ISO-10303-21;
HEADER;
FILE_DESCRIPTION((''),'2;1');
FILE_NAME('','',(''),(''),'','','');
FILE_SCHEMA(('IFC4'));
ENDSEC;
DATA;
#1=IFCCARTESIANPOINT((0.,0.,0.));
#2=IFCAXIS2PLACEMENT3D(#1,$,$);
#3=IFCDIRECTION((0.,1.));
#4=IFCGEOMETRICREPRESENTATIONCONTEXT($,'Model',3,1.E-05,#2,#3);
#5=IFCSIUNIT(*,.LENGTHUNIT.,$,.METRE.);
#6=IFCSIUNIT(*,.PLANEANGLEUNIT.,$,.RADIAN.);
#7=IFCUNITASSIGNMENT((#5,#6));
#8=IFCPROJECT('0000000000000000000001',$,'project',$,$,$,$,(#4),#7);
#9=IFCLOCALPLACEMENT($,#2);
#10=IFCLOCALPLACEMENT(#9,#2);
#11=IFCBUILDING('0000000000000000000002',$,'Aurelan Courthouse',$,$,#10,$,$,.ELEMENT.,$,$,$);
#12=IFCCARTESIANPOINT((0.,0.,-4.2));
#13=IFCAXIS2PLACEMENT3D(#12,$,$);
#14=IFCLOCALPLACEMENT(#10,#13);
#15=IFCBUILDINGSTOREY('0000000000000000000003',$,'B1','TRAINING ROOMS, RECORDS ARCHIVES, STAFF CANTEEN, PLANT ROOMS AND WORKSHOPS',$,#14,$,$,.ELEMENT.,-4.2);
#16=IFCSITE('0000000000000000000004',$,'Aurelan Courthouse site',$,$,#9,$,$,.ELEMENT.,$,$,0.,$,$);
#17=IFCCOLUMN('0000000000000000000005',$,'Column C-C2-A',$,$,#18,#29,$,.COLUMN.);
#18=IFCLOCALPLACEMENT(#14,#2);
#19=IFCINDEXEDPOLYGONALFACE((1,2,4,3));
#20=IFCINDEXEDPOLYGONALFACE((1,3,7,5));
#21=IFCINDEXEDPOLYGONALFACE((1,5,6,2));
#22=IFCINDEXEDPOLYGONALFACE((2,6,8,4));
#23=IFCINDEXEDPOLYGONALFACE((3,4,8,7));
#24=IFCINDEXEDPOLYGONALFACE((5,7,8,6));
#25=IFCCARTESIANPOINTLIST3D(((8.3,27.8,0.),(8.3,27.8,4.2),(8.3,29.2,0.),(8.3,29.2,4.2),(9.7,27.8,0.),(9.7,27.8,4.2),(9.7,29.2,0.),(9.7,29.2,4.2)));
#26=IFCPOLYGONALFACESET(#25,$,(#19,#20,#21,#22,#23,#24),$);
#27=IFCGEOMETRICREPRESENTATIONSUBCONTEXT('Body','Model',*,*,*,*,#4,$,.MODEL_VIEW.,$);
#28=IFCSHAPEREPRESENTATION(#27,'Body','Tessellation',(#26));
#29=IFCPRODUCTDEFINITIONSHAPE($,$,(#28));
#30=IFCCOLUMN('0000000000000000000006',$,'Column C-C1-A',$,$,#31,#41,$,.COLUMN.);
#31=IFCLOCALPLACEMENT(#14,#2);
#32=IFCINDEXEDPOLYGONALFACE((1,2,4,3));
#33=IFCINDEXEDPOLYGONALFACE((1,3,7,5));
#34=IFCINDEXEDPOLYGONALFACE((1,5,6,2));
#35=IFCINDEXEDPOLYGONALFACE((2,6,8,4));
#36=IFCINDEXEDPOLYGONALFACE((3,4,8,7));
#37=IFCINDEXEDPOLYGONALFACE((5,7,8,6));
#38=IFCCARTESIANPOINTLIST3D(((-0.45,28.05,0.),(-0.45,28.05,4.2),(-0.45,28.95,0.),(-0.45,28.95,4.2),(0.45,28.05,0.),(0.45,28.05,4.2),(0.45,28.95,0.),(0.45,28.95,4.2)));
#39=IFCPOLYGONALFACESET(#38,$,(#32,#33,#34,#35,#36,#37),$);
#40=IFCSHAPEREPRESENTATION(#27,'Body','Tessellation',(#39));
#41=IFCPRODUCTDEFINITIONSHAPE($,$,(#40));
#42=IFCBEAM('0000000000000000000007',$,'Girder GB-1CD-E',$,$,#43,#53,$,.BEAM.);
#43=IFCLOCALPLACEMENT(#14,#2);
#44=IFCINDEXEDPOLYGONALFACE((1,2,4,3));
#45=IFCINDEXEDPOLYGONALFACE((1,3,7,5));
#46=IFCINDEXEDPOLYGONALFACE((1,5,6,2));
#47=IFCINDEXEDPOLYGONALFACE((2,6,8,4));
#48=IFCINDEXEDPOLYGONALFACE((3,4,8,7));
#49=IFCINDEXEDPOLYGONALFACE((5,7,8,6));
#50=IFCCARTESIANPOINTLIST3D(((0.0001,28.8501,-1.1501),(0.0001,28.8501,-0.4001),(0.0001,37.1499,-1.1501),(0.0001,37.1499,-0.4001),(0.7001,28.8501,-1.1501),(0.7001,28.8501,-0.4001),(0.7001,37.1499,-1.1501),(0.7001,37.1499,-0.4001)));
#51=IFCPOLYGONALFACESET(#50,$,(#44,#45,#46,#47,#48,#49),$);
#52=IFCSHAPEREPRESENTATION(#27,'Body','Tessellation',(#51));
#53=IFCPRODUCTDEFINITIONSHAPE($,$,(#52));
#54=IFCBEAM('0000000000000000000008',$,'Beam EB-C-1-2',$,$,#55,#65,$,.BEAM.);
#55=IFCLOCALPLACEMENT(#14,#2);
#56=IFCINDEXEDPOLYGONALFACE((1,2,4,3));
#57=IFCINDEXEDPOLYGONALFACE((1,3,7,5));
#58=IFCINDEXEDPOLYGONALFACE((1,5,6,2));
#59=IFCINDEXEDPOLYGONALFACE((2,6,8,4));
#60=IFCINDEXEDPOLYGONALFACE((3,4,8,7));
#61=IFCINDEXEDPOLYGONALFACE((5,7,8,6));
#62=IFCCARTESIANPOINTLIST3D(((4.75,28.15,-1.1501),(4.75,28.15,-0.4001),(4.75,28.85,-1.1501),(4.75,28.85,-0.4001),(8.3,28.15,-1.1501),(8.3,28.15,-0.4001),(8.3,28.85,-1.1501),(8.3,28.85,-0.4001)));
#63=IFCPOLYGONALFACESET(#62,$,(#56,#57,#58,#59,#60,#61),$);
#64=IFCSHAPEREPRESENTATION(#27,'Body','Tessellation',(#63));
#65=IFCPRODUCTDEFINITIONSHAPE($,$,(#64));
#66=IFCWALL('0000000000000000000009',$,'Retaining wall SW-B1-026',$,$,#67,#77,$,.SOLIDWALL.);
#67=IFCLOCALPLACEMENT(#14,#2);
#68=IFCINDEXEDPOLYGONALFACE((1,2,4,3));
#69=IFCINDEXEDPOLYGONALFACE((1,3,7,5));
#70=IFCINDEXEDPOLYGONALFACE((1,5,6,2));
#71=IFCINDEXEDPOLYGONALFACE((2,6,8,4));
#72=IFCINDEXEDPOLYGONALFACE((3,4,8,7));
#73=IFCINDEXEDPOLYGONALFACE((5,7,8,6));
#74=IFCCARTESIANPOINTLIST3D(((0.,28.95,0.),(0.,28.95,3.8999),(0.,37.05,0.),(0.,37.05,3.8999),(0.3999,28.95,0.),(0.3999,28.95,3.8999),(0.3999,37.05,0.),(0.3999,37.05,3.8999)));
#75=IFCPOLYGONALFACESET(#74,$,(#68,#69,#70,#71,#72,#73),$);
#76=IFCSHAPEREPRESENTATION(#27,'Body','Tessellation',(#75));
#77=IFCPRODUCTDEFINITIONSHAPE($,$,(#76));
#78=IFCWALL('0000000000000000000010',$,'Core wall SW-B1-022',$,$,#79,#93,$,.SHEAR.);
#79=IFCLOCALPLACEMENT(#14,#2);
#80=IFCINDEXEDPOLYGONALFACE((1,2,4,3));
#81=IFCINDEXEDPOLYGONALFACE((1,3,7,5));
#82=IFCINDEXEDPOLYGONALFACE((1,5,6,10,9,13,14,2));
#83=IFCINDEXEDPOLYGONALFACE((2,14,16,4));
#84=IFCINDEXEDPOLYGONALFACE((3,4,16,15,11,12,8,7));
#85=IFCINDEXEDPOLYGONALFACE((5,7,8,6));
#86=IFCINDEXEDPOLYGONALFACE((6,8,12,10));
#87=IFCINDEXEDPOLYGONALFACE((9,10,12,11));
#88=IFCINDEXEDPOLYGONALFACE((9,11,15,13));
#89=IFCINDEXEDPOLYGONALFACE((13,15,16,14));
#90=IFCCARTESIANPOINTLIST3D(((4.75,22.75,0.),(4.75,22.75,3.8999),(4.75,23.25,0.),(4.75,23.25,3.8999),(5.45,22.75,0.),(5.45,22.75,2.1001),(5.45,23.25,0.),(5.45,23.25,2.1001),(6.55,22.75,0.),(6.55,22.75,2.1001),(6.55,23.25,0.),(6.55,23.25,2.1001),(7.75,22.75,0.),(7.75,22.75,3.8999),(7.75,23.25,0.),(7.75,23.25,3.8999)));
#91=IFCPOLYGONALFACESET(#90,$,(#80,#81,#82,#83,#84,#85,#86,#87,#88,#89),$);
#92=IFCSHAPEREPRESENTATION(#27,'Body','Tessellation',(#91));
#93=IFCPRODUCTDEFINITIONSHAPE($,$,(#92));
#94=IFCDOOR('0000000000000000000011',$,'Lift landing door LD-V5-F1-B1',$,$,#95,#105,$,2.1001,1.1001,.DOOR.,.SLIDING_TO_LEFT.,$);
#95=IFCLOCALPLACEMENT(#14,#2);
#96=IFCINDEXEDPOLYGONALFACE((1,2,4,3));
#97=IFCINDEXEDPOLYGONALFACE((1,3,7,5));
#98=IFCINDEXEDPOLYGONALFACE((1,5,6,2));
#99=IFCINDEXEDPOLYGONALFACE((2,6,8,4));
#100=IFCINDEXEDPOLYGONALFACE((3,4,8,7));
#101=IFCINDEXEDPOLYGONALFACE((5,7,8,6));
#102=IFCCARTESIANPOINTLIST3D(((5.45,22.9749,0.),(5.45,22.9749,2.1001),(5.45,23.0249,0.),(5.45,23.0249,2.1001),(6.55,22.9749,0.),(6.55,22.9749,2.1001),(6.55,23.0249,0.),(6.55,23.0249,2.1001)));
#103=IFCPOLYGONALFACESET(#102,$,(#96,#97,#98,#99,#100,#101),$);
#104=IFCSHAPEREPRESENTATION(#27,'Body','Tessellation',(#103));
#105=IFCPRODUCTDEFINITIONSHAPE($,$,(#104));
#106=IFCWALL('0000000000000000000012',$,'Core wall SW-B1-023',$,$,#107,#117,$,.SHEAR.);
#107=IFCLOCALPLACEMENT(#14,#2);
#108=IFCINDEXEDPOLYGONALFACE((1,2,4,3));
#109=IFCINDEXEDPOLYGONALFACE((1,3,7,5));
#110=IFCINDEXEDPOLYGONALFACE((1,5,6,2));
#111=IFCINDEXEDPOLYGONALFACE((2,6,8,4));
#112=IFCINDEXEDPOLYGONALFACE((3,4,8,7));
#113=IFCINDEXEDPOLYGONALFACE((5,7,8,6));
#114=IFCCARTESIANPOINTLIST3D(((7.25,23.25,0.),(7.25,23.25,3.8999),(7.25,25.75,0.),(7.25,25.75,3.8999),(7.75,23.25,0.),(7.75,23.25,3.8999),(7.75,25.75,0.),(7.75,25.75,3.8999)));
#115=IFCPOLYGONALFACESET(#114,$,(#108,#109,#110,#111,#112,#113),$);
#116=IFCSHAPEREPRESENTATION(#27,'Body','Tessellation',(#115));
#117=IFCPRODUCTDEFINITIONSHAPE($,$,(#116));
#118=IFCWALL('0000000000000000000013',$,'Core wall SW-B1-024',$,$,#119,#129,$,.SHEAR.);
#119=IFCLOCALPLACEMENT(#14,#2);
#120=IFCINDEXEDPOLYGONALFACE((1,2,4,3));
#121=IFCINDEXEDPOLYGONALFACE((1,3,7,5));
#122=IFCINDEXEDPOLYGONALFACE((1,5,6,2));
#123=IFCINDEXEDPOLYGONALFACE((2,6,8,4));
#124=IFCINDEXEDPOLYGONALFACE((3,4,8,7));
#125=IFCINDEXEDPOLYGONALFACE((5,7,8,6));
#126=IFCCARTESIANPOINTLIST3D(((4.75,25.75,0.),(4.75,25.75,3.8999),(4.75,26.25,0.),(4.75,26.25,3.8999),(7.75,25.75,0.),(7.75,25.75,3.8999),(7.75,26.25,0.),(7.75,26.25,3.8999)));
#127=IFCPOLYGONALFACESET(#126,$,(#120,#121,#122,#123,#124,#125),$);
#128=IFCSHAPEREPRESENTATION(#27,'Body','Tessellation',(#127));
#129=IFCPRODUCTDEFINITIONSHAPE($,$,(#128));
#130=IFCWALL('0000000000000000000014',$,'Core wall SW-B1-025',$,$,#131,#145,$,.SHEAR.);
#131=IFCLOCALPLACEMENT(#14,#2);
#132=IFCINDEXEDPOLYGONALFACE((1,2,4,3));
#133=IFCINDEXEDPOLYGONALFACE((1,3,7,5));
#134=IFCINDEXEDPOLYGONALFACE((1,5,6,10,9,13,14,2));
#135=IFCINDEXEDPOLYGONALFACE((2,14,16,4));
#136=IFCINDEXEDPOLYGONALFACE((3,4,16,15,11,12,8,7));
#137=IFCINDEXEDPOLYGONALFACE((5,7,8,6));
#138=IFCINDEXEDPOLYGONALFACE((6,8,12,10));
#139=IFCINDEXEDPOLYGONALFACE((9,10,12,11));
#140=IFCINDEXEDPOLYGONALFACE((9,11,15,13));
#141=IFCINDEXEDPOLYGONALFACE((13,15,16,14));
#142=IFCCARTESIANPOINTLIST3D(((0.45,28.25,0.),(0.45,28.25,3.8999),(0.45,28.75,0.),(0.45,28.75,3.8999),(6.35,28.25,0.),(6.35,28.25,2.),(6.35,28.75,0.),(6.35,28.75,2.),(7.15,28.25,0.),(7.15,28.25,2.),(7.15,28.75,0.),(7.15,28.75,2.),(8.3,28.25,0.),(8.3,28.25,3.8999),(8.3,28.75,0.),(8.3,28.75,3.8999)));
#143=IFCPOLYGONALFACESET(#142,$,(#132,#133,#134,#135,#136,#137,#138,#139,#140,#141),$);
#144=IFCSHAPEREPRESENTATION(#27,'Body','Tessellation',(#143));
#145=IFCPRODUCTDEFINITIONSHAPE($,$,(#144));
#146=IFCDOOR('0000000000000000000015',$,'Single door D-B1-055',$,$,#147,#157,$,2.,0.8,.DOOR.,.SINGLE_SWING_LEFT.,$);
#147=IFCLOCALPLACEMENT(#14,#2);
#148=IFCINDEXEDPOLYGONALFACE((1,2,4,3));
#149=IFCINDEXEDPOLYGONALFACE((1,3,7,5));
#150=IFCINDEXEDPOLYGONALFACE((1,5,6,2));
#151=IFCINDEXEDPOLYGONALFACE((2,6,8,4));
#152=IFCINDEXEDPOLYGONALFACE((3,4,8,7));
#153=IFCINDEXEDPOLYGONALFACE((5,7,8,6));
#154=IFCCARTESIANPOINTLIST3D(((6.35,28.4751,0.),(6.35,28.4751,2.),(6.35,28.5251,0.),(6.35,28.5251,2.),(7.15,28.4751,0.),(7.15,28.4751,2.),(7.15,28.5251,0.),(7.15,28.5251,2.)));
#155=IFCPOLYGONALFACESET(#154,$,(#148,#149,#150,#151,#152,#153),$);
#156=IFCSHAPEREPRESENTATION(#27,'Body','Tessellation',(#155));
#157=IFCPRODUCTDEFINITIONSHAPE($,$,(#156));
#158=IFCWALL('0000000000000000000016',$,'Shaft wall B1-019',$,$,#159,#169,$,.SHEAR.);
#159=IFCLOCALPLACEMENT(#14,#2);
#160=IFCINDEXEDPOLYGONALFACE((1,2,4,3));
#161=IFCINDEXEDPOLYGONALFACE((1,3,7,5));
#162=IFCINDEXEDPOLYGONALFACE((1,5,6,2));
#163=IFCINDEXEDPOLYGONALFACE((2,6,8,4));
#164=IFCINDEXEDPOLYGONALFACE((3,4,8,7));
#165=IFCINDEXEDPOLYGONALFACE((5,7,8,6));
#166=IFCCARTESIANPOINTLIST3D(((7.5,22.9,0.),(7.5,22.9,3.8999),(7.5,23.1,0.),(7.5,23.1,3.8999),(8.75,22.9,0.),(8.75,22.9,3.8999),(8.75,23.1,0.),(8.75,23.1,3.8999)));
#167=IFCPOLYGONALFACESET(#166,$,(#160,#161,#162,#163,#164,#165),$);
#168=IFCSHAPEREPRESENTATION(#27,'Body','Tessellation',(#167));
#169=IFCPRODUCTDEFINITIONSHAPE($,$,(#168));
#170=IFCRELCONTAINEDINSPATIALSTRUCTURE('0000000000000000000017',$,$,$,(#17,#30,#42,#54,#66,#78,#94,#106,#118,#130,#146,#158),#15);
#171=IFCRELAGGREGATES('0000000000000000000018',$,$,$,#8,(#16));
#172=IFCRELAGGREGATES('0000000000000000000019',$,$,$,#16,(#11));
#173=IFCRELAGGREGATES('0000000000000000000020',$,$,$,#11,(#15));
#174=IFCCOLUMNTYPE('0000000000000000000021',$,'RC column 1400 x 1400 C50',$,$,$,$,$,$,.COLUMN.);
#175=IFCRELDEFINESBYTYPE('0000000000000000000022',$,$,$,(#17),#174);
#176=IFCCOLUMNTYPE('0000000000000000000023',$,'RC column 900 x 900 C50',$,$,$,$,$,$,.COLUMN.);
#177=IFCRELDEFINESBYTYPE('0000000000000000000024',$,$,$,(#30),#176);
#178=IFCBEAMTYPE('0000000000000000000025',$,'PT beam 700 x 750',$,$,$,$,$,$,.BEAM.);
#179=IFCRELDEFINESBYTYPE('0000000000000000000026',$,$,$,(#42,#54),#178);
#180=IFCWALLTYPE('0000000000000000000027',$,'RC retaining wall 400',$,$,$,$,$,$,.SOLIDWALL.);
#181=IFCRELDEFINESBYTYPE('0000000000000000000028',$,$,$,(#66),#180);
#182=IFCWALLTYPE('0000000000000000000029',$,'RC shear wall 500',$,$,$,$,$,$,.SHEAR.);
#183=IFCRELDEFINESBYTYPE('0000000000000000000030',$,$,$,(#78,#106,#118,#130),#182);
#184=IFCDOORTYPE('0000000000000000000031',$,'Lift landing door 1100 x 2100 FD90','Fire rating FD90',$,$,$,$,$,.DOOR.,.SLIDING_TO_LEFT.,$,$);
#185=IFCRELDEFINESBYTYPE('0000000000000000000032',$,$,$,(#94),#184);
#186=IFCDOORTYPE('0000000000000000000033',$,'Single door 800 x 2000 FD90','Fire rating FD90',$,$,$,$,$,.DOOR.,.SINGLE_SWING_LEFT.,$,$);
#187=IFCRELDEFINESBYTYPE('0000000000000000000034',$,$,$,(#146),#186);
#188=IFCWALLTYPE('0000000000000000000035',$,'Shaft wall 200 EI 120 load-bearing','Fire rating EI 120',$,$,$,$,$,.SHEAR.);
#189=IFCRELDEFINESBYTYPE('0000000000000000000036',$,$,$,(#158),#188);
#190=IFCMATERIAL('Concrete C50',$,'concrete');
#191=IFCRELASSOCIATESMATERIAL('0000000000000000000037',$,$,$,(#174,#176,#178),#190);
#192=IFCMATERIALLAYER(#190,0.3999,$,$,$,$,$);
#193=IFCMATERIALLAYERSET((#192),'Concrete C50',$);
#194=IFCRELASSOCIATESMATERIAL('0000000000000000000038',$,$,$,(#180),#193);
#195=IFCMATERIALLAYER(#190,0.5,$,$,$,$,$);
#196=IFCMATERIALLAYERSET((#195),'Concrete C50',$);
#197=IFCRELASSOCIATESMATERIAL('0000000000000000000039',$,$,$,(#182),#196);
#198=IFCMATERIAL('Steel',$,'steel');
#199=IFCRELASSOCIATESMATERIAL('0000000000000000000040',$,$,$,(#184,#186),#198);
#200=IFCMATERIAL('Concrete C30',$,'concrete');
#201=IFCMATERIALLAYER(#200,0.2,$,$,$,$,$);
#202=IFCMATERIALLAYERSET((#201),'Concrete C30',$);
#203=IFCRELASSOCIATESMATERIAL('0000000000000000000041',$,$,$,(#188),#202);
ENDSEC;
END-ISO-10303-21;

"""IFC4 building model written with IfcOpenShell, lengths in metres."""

from ifc_helpers import new_model, si_unit, direction, frame, frame_2d, origin, origin_2d, place, context, subcontext, project, spatial, rectangle, extrude, material, layer, layer_set, material_profile, profile_set, type_object, element, fill, save


model = new_model("IFC4")

# Units and contexts
model_context = context("Model", 3, precision=1e-05, world=origin(), true_north=direction((0.0, 1.0)))
body_context = subcontext(model_context, "Body", "Model", "MODEL_VIEW")
ifc_project = project(units=[si_unit("LENGTHUNIT", "METRE"), si_unit("PLANEANGLEUNIT", "RADIAN")], contexts=[model_context])

# Site, building, storey
site_placement = place(None, origin())
site = spatial("IfcSite", under=ifc_project, at=site_placement, Name="Aurelan Courthouse site", CompositionType="ELEMENT", RefElevation=0.0)
building_placement = place(site_placement, origin())
building = spatial("IfcBuilding", under=site, at=building_placement, Name="Aurelan Courthouse", CompositionType="ELEMENT")
storey_placement = place(building_placement, frame((0.0, 0.0, -4.2)))
storey = spatial("IfcBuildingStorey", under=building, at=storey_placement, Name="B1", Description="TRAINING ROOMS, RECORDS ARCHIVES, STAFF CANTEEN, PLANT ROOMS AND WORKSHOPS", CompositionType="ELEMENT", Elevation=-4.2)

# Columns
ifc_material_1 = material(Name="Concrete C50", Category="concrete")
ifc_material_profile_1 = material_profile(ifc_material_1, rectangle(XDim=1.3999, YDim=1.3999, at=origin_2d()), Name="RC 1400 x 1400")
ifc_profile_set_1 = profile_set([ifc_material_profile_1], Name="Concrete C50")
column_type_1 = type_object("IfcColumnType", Name="RC column 1400 x 1400 C50", PredefinedType="COLUMN", material=ifc_profile_set_1)
column_1_placement = place(storey_placement, frame((9.0, 28.5, 0.0), z_axis=(0.0, 0.0, 1.0), x_axis=(1.0, 0.0, 0.0)))
element("IfcColumn", 1, at=column_1_placement, inside=storey, type_object=column_type_1, Name="Column C-C2-A", PredefinedType="COLUMN", context=body_context, shape_type="SweptSolid", body=[
    extrude(rectangle(XDim=1.3999, YDim=1.3999, at=origin_2d()), origin(), (0.0, 0.0, 1.0), 4.2),
])
ifc_material_profile_2 = material_profile(ifc_material_1, rectangle(XDim=0.8999, YDim=0.8999, at=origin_2d()), Name="RC 900 x 900")
ifc_profile_set_2 = profile_set([ifc_material_profile_2], Name="Concrete C50")
column_type_2 = type_object("IfcColumnType", Name="RC column 900 x 900 C50", PredefinedType="COLUMN", material=ifc_profile_set_2)
column_2_placement = place(storey_placement, frame((0.0, 28.5, 0.0), z_axis=(0.0, 0.0, 1.0), x_axis=(1.0, 0.0, 0.0)))
element("IfcColumn", 2, at=column_2_placement, inside=storey, type_object=column_type_2, Name="Column C-C1-A", PredefinedType="COLUMN", context=body_context, shape_type="SweptSolid", body=[
    extrude(rectangle(XDim=0.8999, YDim=0.8999, at=origin_2d()), origin(), (0.0, 0.0, 1.0), 4.2),
])

# Beams
ifc_material_profile_3 = material_profile(ifc_material_1, rectangle(XDim=0.7, YDim=0.75, at=origin_2d()), Name="RC 700 x 750")
ifc_profile_set_3 = profile_set([ifc_material_profile_3], Name="Concrete C50")
beam_type = type_object("IfcBeamType", Name="PT beam 700 x 750", PredefinedType="BEAM", material=ifc_profile_set_3)
beam_1_placement = place(storey_placement, frame((0.3501, 28.8501, -0.7751), z_axis=(0.0, 1.0, 0.0), x_axis=(-1.0, 0.0, 0.0)))
element("IfcBeam", 3, at=beam_1_placement, inside=storey, type_object=beam_type, Name="Girder GB-1CD-E", PredefinedType="BEAM", context=body_context, shape_type="SweptSolid", body=[
    extrude(rectangle(XDim=0.7, YDim=0.75, at=origin_2d()), origin(), (0.0, 0.0, 1.0), 8.2998),
])
beam_2_placement = place(storey_placement, frame((4.75, 28.5, -0.7751), z_axis=(1.0, 0.0, 0.0), x_axis=(0.0, 1.0, 0.0)))
element("IfcBeam", 4, at=beam_2_placement, inside=storey, type_object=beam_type, Name="Beam EB-C-1-2", PredefinedType="BEAM", context=body_context, shape_type="SweptSolid", body=[
    extrude(rectangle(XDim=0.7, YDim=0.75, at=origin_2d()), origin(), (0.0, 0.0, 1.0), 3.55),
])

# Wall
ifc_layer_1 = layer(ifc_material_1, 0.3999)
ifc_layer_set_1 = layer_set([ifc_layer_1], Name="Concrete C50")
wall_type_1 = type_object("IfcWallType", Name="RC retaining wall 400", PredefinedType="SOLIDWALL", material=ifc_layer_set_1)
wall_1_placement = place(storey_placement, frame((0.2, 28.95, 0.0), z_axis=(0.0, 0.0, 1.0), x_axis=(0.0, 1.0, 0.0)))
element("IfcWall", 5, at=wall_1_placement, inside=storey, type_object=wall_type_1, Name="Retaining wall SW-B1-026", PredefinedType="SOLIDWALL", context=body_context, shape_type="SweptSolid", body=[
    extrude(rectangle(XDim=8.1001, YDim=0.3999, at=frame_2d((4.05, 0.0))), origin(), (0.0, 0.0, 1.0), 3.8999),
])

# Wall, opening, door
ifc_layer_2 = layer(ifc_material_1, 0.5)
ifc_layer_set_2 = layer_set([ifc_layer_2], Name="Concrete C50")
wall_type_2 = type_object("IfcWallType", Name="RC shear wall 500", PredefinedType="SHEAR", material=ifc_layer_set_2)
wall_2_placement = place(storey_placement, frame((4.75, 23.0, 0.0), z_axis=(0.0, 0.0, 1.0), x_axis=(1.0, 0.0, 0.0)))
wall_2 = element("IfcWall", 6, at=wall_2_placement, inside=storey, type_object=wall_type_2, Name="Core wall SW-B1-022", PredefinedType="SHEAR", context=body_context, shape_type="SweptSolid", body=[
    extrude(rectangle(XDim=3.0, YDim=0.5, at=frame_2d((1.5, 0.0))), origin(), (0.0, 0.0, 1.0), 3.8999),
])
opening_1_placement = place(wall_2_placement, frame((0.7, 0.0, 0.0)))
opening_1 = element("IfcOpeningElement", 7, at=opening_1_placement, cuts=wall_2, PredefinedType="OPENING", context=body_context, shape_type="SweptSolid", body=[
    extrude(rectangle(XDim=1.1001, YDim=2.1001, at=frame_2d((0.55, 1.05))), frame((0.0, 0.26, 0.0), z_axis=(0.0, -1.0, 0.0), x_axis=(1.0, 0.0, 0.0)), (0.0, 0.0, 1.0), 0.52),
])
ifc_material_2 = material(Name="Steel", Category="steel")
door_type_1 = type_object("IfcDoorType", Name="Lift landing door 1100 x 2100 FD90", Description="Fire rating FD90", OperationType="SLIDING_TO_LEFT", PredefinedType="DOOR", material=ifc_material_2)
door_1_placement = place(opening_1_placement, origin())
door_1 = element("IfcDoor", 8, at=door_1_placement, inside=storey, type_object=door_type_1, Name="Lift landing door LD-V5-F1-B1", OperationType="SLIDING_TO_LEFT", OverallHeight=2.1001, OverallWidth=1.1001, PredefinedType="DOOR", context=body_context, shape_type="SweptSolid", body=[
    extrude(rectangle(XDim=1.1001, YDim=2.1001, at=frame_2d((0.55, 1.05))), frame((0.0, 0.0249, 0.0), z_axis=(0.0, -1.0, 0.0), x_axis=(1.0, 0.0, 0.0)), (0.0, 0.0, 1.0), 0.05),
])
fill(opening_1, door_1)

# Walls
wall_3_placement = place(storey_placement, frame((7.5, 23.25, 0.0), z_axis=(0.0, 0.0, 1.0), x_axis=(0.0, 1.0, 0.0)))
element("IfcWall", 9, at=wall_3_placement, inside=storey, type_object=wall_type_2, Name="Core wall SW-B1-023", PredefinedType="SHEAR", context=body_context, shape_type="SweptSolid", body=[
    extrude(rectangle(XDim=2.5, YDim=0.5, at=frame_2d((1.25, 0.0))), origin(), (0.0, 0.0, 1.0), 3.8999),
])
wall_4_placement = place(storey_placement, frame((4.75, 26.0, 0.0), z_axis=(0.0, 0.0, 1.0), x_axis=(1.0, 0.0, 0.0)))
element("IfcWall", 10, at=wall_4_placement, inside=storey, type_object=wall_type_2, Name="Core wall SW-B1-024", PredefinedType="SHEAR", context=body_context, shape_type="SweptSolid", body=[
    extrude(rectangle(XDim=3.0, YDim=0.5, at=frame_2d((1.5, 0.0))), origin(), (0.0, 0.0, 1.0), 3.8999),
])

# Wall, opening, door
wall_5_placement = place(storey_placement, frame((0.45, 28.5, 0.0), z_axis=(0.0, 0.0, 1.0), x_axis=(1.0, 0.0, 0.0)))
wall_5 = element("IfcWall", 11, at=wall_5_placement, inside=storey, type_object=wall_type_2, Name="Core wall SW-B1-025", PredefinedType="SHEAR", context=body_context, shape_type="SweptSolid", body=[
    extrude(rectangle(XDim=7.8501, YDim=0.5, at=frame_2d((3.925, 0.0))), origin(), (0.0, 0.0, 1.0), 3.8999),
])
opening_2_placement = place(wall_5_placement, frame((6.7, 0.0, 0.0), z_axis=(0.0, 0.0, 1.0), x_axis=(-1.0, 0.0, 0.0)))
opening_2 = element("IfcOpeningElement", 12, at=opening_2_placement, cuts=wall_5, PredefinedType="OPENING", context=body_context, shape_type="SweptSolid", body=[
    extrude(rectangle(XDim=0.8, YDim=2.0, at=frame_2d((0.3999, 1.0))), frame((0.0, 0.26, 0.0), z_axis=(0.0, -1.0, 0.0), x_axis=(1.0, 0.0, 0.0)), (0.0, 0.0, 1.0), 0.52),
])
door_type_2 = type_object("IfcDoorType", Name="Single door 800 x 2000 FD90", Description="Fire rating FD90", OperationType="SINGLE_SWING_LEFT", PredefinedType="DOOR", material=ifc_material_2)
door_2_placement = place(opening_2_placement, origin())
door_2 = element("IfcDoor", 13, at=door_2_placement, inside=storey, type_object=door_type_2, Name="Single door D-B1-055", OperationType="SINGLE_SWING_LEFT", OverallHeight=2.0, OverallWidth=0.8, PredefinedType="DOOR", context=body_context, shape_type="SweptSolid", body=[
    extrude(rectangle(XDim=0.8, YDim=2.0, at=frame_2d((0.3999, 1.0))), frame((0.0, 0.0249, 0.0), z_axis=(0.0, -1.0, 0.0), x_axis=(1.0, 0.0, 0.0)), (0.0, 0.0, 1.0), 0.05),
])
fill(opening_2, door_2)

# Wall
ifc_material_3 = material(Name="Concrete C30", Category="concrete")
ifc_layer_3 = layer(ifc_material_3, 0.2)
ifc_layer_set_3 = layer_set([ifc_layer_3], Name="Concrete C30")
wall_type_3 = type_object("IfcWallType", Name="Shaft wall 200 EI 120 load-bearing", Description="Fire rating EI 120", PredefinedType="SHEAR", material=ifc_layer_set_3)
wall_6_placement = place(storey_placement, frame((7.5, 23.0, 0.0), z_axis=(0.0, 0.0, 1.0), x_axis=(1.0, 0.0, 0.0)))
element("IfcWall", 14, at=wall_6_placement, inside=storey, type_object=wall_type_3, Name="Shaft wall B1-019", PredefinedType="SHEAR", context=body_context, shape_type="SweptSolid", body=[
    extrude(rectangle(XDim=1.25, YDim=0.2, at=frame_2d((0.625, 0.0))), origin(), (0.0, 0.0, 1.0), 3.8999),
])

save(model, "model.ifc")
